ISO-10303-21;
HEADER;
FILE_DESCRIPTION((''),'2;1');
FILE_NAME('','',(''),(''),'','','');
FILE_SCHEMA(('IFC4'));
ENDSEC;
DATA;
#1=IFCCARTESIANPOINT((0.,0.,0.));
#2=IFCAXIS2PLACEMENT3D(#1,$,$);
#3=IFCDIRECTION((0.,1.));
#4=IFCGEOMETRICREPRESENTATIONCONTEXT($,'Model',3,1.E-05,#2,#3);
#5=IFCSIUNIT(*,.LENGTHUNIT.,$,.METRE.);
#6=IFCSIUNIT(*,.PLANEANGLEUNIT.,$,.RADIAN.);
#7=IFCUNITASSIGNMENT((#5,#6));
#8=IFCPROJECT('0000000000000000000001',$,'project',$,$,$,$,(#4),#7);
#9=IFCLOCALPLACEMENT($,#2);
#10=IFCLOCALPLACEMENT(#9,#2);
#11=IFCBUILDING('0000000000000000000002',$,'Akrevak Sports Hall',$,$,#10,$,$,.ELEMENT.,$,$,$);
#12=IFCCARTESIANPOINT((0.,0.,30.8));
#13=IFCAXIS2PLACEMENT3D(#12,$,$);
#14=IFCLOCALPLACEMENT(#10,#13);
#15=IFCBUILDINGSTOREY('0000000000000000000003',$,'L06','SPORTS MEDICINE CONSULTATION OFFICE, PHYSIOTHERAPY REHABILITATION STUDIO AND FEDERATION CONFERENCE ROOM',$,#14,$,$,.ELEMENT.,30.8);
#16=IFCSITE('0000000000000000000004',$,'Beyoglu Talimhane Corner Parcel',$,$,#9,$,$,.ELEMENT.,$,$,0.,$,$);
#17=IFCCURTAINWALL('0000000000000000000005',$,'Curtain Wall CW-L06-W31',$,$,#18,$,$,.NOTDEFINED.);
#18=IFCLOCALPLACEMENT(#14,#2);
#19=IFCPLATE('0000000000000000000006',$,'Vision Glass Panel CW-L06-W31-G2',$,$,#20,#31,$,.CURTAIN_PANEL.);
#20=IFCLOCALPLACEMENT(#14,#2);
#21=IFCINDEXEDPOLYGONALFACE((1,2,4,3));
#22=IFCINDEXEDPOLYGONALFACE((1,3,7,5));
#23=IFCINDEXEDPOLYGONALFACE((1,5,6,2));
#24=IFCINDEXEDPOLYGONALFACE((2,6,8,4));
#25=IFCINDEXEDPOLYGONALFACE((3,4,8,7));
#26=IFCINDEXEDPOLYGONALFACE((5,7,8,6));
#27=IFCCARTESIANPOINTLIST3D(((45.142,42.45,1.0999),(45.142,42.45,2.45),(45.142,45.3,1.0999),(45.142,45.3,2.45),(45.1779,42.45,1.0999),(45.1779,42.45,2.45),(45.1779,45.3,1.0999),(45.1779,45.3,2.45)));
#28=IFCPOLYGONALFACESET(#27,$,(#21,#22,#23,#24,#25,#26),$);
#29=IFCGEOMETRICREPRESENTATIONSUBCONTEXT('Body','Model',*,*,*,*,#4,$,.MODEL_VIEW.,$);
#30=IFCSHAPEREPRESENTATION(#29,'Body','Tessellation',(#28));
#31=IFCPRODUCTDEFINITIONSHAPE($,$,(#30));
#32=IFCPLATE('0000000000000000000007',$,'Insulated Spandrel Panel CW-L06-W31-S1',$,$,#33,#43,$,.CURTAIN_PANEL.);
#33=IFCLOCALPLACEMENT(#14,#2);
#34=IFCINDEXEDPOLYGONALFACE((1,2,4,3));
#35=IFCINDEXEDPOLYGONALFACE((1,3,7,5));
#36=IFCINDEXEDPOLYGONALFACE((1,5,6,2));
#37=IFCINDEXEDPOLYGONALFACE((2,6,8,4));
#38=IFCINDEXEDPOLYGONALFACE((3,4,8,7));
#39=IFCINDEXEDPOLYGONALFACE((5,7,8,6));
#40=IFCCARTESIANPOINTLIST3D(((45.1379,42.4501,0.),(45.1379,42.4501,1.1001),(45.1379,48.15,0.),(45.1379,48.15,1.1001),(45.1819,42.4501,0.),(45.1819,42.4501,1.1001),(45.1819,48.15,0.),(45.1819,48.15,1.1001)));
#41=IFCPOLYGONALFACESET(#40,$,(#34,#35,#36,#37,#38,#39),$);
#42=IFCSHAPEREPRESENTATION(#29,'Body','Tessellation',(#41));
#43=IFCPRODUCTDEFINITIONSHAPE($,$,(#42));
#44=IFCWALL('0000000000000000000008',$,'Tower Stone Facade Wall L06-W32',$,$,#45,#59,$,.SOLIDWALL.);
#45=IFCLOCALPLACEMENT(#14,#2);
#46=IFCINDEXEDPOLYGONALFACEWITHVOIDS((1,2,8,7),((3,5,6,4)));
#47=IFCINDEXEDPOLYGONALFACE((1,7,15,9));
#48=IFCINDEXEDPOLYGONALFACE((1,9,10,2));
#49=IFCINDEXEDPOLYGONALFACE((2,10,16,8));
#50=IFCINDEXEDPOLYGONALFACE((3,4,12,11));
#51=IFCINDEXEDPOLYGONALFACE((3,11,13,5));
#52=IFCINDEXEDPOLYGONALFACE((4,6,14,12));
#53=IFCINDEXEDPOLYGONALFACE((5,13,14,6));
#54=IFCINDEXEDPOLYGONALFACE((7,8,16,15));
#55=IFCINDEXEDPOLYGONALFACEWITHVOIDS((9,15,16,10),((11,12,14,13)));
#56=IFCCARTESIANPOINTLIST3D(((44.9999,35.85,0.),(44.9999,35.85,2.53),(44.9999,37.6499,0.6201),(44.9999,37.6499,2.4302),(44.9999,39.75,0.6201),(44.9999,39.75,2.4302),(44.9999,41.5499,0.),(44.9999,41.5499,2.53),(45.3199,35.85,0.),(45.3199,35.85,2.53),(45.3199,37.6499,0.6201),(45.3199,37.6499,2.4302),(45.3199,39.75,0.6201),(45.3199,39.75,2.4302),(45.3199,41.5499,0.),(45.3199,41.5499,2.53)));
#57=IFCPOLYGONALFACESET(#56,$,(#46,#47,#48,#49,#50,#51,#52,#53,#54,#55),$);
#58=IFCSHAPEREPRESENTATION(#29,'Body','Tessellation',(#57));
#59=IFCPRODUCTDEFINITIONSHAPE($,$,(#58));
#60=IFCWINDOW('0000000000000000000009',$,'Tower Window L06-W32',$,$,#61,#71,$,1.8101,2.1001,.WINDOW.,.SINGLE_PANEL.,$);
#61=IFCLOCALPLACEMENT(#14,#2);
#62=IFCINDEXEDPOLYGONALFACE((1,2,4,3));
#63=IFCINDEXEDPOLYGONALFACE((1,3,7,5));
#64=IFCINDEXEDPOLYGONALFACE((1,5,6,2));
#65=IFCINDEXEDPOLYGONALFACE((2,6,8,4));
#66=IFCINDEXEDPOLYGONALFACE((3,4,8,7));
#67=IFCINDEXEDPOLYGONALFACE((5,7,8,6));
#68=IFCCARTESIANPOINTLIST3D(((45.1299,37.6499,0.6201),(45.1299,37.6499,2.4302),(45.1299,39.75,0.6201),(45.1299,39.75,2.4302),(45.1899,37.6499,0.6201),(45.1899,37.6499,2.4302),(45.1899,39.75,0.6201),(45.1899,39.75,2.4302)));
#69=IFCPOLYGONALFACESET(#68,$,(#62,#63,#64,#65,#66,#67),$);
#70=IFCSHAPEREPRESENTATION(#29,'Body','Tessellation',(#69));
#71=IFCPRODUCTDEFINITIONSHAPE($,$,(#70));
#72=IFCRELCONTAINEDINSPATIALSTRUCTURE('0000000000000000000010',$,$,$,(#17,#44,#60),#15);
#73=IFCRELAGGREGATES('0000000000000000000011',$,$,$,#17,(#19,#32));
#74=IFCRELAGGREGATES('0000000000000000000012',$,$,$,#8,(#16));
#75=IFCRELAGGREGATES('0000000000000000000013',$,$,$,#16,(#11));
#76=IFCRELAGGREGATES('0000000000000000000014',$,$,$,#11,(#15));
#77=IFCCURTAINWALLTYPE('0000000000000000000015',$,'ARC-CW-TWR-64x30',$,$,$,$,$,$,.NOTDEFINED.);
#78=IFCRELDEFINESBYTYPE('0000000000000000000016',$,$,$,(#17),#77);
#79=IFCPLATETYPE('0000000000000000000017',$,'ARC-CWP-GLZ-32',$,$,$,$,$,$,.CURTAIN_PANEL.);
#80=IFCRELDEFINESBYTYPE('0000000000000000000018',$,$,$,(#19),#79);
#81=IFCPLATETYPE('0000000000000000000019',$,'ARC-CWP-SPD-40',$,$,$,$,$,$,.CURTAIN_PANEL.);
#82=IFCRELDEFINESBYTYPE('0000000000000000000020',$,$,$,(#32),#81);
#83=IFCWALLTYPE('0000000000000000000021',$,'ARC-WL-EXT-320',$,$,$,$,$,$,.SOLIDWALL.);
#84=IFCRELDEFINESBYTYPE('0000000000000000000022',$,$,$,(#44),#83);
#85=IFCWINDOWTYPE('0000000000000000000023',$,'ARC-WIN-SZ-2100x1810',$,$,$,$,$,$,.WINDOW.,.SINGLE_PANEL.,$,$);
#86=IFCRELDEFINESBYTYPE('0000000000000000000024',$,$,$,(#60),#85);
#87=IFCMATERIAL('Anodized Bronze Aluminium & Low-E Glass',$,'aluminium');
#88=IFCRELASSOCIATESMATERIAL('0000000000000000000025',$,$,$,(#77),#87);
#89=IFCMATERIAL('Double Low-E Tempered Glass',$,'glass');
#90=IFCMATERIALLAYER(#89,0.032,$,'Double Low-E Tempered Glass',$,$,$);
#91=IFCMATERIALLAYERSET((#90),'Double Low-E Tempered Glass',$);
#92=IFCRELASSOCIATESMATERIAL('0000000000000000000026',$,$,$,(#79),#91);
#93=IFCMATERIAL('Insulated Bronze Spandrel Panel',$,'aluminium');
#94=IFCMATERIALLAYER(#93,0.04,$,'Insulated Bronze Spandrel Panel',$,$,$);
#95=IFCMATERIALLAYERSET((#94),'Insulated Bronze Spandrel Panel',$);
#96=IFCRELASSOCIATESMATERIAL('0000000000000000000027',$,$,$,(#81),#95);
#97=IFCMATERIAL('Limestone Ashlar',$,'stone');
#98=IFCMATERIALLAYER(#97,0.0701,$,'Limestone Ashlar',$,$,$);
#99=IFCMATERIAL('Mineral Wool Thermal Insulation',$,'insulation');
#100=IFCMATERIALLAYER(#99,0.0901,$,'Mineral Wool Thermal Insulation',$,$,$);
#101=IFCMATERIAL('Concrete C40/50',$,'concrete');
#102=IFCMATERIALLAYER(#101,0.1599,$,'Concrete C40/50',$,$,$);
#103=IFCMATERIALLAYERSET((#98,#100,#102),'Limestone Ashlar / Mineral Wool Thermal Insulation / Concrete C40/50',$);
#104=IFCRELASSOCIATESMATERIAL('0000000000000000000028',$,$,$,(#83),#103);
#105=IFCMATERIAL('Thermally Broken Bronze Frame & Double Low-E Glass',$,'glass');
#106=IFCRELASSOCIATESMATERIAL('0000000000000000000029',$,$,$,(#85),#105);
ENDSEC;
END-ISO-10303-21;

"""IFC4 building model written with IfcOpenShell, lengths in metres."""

from ifc_helpers import new_model, si_unit, direction, frame, frame_2d, origin, origin_2d, place, context, subcontext, project, spatial, rectangle, extrude, material, layer, layer_set, type_object, element, fill, aggregate, save


model = new_model("IFC4")

# Units and contexts
model_context = context("Model", 3, precision=1e-05, world=origin(), true_north=direction((0.0, 1.0)))
body_context = subcontext(model_context, "Body", "Model", "MODEL_VIEW")
ifc_project = project(units=[si_unit("LENGTHUNIT", "METRE"), si_unit("PLANEANGLEUNIT", "RADIAN")], contexts=[model_context])

# Site, building, storey
site_placement = place(None, origin())
site = spatial("IfcSite", under=ifc_project, at=site_placement, Name="Beyoglu Talimhane Corner Parcel", CompositionType="ELEMENT", RefElevation=0.0)
building_placement = place(site_placement, origin())
building = spatial("IfcBuilding", under=site, at=building_placement, Name="Akrevak Sports Hall", CompositionType="ELEMENT")
storey_placement = place(building_placement, frame((0.0, 0.0, 30.8)))
storey = spatial("IfcBuildingStorey", under=building, at=storey_placement, Name="L06", Description="SPORTS MEDICINE CONSULTATION OFFICE, PHYSIOTHERAPY REHABILITATION STUDIO AND FEDERATION CONFERENCE ROOM", CompositionType="ELEMENT", Elevation=30.8)

# Shared definitions
ifc_material_1 = material(Name="Concrete C40/50", Category="concrete")

# Curtain wall
ifc_material_2 = material(Name="Anodized Bronze Aluminium & Low-E Glass", Category="aluminium")
curtain_wall_type = type_object("IfcCurtainWallType", Name="ARC-CW-TWR-64x30", PredefinedType="NOTDEFINED", material=ifc_material_2)
curtain_wall_placement = place(storey_placement, origin())
curtain_wall = element("IfcCurtainWall", 1, at=curtain_wall_placement, inside=storey, type_object=curtain_wall_type, Name="Curtain Wall CW-L06-W31", PredefinedType="NOTDEFINED")

# Plates
ifc_material_3 = material(Name="Double Low-E Tempered Glass", Category="glass")
ifc_layer_1 = layer(ifc_material_3, 0.032, Name="Double Low-E Tempered Glass")
ifc_layer_set_1 = layer_set([ifc_layer_1], Name="Double Low-E Tempered Glass")
plate_type_1 = type_object("IfcPlateType", Name="ARC-CWP-GLZ-32", PredefinedType="CURTAIN_PANEL", material=ifc_layer_set_1)
plate_1_placement = place(storey_placement, frame((45.1599, 43.875, 1.0999), z_axis=(0.0, 0.0, 1.0), x_axis=(0.0, -1.0, 0.0)))
plate_1 = element("IfcPlate", 2, at=plate_1_placement, type_object=plate_type_1, Name="Vision Glass Panel CW-L06-W31-G2", PredefinedType="CURTAIN_PANEL", context=body_context, shape_type="SweptSolid", body=[
    extrude(rectangle(XDim=2.8501, YDim=0.0359, at=origin_2d()), origin(), (0.0, 0.0, 1.0), 1.3501),
])
ifc_material_4 = material(Name="Insulated Bronze Spandrel Panel", Category="aluminium")
ifc_layer_2 = layer(ifc_material_4, 0.04, Name="Insulated Bronze Spandrel Panel")
ifc_layer_set_2 = layer_set([ifc_layer_2], Name="Insulated Bronze Spandrel Panel")
plate_type_2 = type_object("IfcPlateType", Name="ARC-CWP-SPD-40", PredefinedType="CURTAIN_PANEL", material=ifc_layer_set_2)
plate_2_placement = place(storey_placement, frame((45.1599, 45.3, 0.0), z_axis=(0.0, 0.0, 1.0), x_axis=(0.0, -1.0, 0.0)))
plate_2 = element("IfcPlate", 3, at=plate_2_placement, type_object=plate_type_2, Name="Insulated Spandrel Panel CW-L06-W31-S1", PredefinedType="CURTAIN_PANEL", context=body_context, shape_type="SweptSolid", body=[
    extrude(rectangle(XDim=5.7, YDim=0.0439, at=origin_2d()), origin(), (0.0, 0.0, 1.0), 1.1001),
])
aggregate(curtain_wall, [plate_1, plate_2])

# Wall, opening, window
ifc_material_5 = material(Name="Limestone Ashlar", Category="stone")
ifc_layer_3 = layer(ifc_material_5, 0.0701, Name="Limestone Ashlar")
ifc_material_6 = material(Name="Mineral Wool Thermal Insulation", Category="insulation")
ifc_layer_4 = layer(ifc_material_6, 0.0901, Name="Mineral Wool Thermal Insulation")
ifc_layer_5 = layer(ifc_material_1, 0.1599, Name="Concrete C40/50")
ifc_layer_set_3 = layer_set([ifc_layer_3, ifc_layer_4, ifc_layer_5], Name="Limestone Ashlar / Mineral Wool Thermal Insulation / Concrete C40/50")
wall_type = type_object("IfcWallType", Name="ARC-WL-EXT-320", PredefinedType="SOLIDWALL", material=ifc_layer_set_3)
wall_placement = place(storey_placement, frame((45.1599, 41.55, 0.0), z_axis=(0.0, 0.0, 1.0), x_axis=(0.0, -1.0, 0.0)))
wall = element("IfcWall", 4, at=wall_placement, inside=storey, type_object=wall_type, Name="Tower Stone Facade Wall L06-W32", PredefinedType="SOLIDWALL", context=body_context, shape_type="SweptSolid", body=[
    extrude(rectangle(XDim=5.7, YDim=0.3201, at=frame_2d((2.8501, 0.0))), origin(), (0.0, 0.0, 1.0), 2.53),
])
opening_placement = place(wall_placement, frame((1.8, 0.0, 0.6201)))
opening = element("IfcOpeningElement", 5, at=opening_placement, cuts=wall, PredefinedType="OPENING", context=body_context, shape_type="SweptSolid", body=[
    extrude(rectangle(XDim=2.1001, YDim=1.8101, at=frame_2d((1.05, 0.905))), frame((0.0, 0.1719, 0.0), z_axis=(0.0, -1.0, 0.0), x_axis=(1.0, 0.0, 0.0)), (0.0, 0.0, 1.0), 0.344),
])
ifc_material_7 = material(Name="Thermally Broken Bronze Frame & Double Low-E Glass", Category="glass")
window_type = type_object("IfcWindowType", Name="ARC-WIN-SZ-2100x1810", PartitioningType="SINGLE_PANEL", PredefinedType="WINDOW", material=ifc_material_7)
window_placement = place(opening_placement, origin())
window = element("IfcWindow", 6, at=window_placement, inside=storey, type_object=window_type, Name="Tower Window L06-W32", OverallHeight=1.8101, OverallWidth=2.1001, PartitioningType="SINGLE_PANEL", PredefinedType="WINDOW", context=body_context, shape_type="SweptSolid", body=[
    extrude(rectangle(XDim=2.1001, YDim=1.8101, at=frame_2d((1.05, 0.905))), frame((0.0, 0.03, 0.0), z_axis=(0.0, -1.0, 0.0), x_axis=(1.0, 0.0, 0.0)), (0.0, 0.0, 1.0), 0.0601),
])
fill(opening, window)

save(model, "model.ifc")
